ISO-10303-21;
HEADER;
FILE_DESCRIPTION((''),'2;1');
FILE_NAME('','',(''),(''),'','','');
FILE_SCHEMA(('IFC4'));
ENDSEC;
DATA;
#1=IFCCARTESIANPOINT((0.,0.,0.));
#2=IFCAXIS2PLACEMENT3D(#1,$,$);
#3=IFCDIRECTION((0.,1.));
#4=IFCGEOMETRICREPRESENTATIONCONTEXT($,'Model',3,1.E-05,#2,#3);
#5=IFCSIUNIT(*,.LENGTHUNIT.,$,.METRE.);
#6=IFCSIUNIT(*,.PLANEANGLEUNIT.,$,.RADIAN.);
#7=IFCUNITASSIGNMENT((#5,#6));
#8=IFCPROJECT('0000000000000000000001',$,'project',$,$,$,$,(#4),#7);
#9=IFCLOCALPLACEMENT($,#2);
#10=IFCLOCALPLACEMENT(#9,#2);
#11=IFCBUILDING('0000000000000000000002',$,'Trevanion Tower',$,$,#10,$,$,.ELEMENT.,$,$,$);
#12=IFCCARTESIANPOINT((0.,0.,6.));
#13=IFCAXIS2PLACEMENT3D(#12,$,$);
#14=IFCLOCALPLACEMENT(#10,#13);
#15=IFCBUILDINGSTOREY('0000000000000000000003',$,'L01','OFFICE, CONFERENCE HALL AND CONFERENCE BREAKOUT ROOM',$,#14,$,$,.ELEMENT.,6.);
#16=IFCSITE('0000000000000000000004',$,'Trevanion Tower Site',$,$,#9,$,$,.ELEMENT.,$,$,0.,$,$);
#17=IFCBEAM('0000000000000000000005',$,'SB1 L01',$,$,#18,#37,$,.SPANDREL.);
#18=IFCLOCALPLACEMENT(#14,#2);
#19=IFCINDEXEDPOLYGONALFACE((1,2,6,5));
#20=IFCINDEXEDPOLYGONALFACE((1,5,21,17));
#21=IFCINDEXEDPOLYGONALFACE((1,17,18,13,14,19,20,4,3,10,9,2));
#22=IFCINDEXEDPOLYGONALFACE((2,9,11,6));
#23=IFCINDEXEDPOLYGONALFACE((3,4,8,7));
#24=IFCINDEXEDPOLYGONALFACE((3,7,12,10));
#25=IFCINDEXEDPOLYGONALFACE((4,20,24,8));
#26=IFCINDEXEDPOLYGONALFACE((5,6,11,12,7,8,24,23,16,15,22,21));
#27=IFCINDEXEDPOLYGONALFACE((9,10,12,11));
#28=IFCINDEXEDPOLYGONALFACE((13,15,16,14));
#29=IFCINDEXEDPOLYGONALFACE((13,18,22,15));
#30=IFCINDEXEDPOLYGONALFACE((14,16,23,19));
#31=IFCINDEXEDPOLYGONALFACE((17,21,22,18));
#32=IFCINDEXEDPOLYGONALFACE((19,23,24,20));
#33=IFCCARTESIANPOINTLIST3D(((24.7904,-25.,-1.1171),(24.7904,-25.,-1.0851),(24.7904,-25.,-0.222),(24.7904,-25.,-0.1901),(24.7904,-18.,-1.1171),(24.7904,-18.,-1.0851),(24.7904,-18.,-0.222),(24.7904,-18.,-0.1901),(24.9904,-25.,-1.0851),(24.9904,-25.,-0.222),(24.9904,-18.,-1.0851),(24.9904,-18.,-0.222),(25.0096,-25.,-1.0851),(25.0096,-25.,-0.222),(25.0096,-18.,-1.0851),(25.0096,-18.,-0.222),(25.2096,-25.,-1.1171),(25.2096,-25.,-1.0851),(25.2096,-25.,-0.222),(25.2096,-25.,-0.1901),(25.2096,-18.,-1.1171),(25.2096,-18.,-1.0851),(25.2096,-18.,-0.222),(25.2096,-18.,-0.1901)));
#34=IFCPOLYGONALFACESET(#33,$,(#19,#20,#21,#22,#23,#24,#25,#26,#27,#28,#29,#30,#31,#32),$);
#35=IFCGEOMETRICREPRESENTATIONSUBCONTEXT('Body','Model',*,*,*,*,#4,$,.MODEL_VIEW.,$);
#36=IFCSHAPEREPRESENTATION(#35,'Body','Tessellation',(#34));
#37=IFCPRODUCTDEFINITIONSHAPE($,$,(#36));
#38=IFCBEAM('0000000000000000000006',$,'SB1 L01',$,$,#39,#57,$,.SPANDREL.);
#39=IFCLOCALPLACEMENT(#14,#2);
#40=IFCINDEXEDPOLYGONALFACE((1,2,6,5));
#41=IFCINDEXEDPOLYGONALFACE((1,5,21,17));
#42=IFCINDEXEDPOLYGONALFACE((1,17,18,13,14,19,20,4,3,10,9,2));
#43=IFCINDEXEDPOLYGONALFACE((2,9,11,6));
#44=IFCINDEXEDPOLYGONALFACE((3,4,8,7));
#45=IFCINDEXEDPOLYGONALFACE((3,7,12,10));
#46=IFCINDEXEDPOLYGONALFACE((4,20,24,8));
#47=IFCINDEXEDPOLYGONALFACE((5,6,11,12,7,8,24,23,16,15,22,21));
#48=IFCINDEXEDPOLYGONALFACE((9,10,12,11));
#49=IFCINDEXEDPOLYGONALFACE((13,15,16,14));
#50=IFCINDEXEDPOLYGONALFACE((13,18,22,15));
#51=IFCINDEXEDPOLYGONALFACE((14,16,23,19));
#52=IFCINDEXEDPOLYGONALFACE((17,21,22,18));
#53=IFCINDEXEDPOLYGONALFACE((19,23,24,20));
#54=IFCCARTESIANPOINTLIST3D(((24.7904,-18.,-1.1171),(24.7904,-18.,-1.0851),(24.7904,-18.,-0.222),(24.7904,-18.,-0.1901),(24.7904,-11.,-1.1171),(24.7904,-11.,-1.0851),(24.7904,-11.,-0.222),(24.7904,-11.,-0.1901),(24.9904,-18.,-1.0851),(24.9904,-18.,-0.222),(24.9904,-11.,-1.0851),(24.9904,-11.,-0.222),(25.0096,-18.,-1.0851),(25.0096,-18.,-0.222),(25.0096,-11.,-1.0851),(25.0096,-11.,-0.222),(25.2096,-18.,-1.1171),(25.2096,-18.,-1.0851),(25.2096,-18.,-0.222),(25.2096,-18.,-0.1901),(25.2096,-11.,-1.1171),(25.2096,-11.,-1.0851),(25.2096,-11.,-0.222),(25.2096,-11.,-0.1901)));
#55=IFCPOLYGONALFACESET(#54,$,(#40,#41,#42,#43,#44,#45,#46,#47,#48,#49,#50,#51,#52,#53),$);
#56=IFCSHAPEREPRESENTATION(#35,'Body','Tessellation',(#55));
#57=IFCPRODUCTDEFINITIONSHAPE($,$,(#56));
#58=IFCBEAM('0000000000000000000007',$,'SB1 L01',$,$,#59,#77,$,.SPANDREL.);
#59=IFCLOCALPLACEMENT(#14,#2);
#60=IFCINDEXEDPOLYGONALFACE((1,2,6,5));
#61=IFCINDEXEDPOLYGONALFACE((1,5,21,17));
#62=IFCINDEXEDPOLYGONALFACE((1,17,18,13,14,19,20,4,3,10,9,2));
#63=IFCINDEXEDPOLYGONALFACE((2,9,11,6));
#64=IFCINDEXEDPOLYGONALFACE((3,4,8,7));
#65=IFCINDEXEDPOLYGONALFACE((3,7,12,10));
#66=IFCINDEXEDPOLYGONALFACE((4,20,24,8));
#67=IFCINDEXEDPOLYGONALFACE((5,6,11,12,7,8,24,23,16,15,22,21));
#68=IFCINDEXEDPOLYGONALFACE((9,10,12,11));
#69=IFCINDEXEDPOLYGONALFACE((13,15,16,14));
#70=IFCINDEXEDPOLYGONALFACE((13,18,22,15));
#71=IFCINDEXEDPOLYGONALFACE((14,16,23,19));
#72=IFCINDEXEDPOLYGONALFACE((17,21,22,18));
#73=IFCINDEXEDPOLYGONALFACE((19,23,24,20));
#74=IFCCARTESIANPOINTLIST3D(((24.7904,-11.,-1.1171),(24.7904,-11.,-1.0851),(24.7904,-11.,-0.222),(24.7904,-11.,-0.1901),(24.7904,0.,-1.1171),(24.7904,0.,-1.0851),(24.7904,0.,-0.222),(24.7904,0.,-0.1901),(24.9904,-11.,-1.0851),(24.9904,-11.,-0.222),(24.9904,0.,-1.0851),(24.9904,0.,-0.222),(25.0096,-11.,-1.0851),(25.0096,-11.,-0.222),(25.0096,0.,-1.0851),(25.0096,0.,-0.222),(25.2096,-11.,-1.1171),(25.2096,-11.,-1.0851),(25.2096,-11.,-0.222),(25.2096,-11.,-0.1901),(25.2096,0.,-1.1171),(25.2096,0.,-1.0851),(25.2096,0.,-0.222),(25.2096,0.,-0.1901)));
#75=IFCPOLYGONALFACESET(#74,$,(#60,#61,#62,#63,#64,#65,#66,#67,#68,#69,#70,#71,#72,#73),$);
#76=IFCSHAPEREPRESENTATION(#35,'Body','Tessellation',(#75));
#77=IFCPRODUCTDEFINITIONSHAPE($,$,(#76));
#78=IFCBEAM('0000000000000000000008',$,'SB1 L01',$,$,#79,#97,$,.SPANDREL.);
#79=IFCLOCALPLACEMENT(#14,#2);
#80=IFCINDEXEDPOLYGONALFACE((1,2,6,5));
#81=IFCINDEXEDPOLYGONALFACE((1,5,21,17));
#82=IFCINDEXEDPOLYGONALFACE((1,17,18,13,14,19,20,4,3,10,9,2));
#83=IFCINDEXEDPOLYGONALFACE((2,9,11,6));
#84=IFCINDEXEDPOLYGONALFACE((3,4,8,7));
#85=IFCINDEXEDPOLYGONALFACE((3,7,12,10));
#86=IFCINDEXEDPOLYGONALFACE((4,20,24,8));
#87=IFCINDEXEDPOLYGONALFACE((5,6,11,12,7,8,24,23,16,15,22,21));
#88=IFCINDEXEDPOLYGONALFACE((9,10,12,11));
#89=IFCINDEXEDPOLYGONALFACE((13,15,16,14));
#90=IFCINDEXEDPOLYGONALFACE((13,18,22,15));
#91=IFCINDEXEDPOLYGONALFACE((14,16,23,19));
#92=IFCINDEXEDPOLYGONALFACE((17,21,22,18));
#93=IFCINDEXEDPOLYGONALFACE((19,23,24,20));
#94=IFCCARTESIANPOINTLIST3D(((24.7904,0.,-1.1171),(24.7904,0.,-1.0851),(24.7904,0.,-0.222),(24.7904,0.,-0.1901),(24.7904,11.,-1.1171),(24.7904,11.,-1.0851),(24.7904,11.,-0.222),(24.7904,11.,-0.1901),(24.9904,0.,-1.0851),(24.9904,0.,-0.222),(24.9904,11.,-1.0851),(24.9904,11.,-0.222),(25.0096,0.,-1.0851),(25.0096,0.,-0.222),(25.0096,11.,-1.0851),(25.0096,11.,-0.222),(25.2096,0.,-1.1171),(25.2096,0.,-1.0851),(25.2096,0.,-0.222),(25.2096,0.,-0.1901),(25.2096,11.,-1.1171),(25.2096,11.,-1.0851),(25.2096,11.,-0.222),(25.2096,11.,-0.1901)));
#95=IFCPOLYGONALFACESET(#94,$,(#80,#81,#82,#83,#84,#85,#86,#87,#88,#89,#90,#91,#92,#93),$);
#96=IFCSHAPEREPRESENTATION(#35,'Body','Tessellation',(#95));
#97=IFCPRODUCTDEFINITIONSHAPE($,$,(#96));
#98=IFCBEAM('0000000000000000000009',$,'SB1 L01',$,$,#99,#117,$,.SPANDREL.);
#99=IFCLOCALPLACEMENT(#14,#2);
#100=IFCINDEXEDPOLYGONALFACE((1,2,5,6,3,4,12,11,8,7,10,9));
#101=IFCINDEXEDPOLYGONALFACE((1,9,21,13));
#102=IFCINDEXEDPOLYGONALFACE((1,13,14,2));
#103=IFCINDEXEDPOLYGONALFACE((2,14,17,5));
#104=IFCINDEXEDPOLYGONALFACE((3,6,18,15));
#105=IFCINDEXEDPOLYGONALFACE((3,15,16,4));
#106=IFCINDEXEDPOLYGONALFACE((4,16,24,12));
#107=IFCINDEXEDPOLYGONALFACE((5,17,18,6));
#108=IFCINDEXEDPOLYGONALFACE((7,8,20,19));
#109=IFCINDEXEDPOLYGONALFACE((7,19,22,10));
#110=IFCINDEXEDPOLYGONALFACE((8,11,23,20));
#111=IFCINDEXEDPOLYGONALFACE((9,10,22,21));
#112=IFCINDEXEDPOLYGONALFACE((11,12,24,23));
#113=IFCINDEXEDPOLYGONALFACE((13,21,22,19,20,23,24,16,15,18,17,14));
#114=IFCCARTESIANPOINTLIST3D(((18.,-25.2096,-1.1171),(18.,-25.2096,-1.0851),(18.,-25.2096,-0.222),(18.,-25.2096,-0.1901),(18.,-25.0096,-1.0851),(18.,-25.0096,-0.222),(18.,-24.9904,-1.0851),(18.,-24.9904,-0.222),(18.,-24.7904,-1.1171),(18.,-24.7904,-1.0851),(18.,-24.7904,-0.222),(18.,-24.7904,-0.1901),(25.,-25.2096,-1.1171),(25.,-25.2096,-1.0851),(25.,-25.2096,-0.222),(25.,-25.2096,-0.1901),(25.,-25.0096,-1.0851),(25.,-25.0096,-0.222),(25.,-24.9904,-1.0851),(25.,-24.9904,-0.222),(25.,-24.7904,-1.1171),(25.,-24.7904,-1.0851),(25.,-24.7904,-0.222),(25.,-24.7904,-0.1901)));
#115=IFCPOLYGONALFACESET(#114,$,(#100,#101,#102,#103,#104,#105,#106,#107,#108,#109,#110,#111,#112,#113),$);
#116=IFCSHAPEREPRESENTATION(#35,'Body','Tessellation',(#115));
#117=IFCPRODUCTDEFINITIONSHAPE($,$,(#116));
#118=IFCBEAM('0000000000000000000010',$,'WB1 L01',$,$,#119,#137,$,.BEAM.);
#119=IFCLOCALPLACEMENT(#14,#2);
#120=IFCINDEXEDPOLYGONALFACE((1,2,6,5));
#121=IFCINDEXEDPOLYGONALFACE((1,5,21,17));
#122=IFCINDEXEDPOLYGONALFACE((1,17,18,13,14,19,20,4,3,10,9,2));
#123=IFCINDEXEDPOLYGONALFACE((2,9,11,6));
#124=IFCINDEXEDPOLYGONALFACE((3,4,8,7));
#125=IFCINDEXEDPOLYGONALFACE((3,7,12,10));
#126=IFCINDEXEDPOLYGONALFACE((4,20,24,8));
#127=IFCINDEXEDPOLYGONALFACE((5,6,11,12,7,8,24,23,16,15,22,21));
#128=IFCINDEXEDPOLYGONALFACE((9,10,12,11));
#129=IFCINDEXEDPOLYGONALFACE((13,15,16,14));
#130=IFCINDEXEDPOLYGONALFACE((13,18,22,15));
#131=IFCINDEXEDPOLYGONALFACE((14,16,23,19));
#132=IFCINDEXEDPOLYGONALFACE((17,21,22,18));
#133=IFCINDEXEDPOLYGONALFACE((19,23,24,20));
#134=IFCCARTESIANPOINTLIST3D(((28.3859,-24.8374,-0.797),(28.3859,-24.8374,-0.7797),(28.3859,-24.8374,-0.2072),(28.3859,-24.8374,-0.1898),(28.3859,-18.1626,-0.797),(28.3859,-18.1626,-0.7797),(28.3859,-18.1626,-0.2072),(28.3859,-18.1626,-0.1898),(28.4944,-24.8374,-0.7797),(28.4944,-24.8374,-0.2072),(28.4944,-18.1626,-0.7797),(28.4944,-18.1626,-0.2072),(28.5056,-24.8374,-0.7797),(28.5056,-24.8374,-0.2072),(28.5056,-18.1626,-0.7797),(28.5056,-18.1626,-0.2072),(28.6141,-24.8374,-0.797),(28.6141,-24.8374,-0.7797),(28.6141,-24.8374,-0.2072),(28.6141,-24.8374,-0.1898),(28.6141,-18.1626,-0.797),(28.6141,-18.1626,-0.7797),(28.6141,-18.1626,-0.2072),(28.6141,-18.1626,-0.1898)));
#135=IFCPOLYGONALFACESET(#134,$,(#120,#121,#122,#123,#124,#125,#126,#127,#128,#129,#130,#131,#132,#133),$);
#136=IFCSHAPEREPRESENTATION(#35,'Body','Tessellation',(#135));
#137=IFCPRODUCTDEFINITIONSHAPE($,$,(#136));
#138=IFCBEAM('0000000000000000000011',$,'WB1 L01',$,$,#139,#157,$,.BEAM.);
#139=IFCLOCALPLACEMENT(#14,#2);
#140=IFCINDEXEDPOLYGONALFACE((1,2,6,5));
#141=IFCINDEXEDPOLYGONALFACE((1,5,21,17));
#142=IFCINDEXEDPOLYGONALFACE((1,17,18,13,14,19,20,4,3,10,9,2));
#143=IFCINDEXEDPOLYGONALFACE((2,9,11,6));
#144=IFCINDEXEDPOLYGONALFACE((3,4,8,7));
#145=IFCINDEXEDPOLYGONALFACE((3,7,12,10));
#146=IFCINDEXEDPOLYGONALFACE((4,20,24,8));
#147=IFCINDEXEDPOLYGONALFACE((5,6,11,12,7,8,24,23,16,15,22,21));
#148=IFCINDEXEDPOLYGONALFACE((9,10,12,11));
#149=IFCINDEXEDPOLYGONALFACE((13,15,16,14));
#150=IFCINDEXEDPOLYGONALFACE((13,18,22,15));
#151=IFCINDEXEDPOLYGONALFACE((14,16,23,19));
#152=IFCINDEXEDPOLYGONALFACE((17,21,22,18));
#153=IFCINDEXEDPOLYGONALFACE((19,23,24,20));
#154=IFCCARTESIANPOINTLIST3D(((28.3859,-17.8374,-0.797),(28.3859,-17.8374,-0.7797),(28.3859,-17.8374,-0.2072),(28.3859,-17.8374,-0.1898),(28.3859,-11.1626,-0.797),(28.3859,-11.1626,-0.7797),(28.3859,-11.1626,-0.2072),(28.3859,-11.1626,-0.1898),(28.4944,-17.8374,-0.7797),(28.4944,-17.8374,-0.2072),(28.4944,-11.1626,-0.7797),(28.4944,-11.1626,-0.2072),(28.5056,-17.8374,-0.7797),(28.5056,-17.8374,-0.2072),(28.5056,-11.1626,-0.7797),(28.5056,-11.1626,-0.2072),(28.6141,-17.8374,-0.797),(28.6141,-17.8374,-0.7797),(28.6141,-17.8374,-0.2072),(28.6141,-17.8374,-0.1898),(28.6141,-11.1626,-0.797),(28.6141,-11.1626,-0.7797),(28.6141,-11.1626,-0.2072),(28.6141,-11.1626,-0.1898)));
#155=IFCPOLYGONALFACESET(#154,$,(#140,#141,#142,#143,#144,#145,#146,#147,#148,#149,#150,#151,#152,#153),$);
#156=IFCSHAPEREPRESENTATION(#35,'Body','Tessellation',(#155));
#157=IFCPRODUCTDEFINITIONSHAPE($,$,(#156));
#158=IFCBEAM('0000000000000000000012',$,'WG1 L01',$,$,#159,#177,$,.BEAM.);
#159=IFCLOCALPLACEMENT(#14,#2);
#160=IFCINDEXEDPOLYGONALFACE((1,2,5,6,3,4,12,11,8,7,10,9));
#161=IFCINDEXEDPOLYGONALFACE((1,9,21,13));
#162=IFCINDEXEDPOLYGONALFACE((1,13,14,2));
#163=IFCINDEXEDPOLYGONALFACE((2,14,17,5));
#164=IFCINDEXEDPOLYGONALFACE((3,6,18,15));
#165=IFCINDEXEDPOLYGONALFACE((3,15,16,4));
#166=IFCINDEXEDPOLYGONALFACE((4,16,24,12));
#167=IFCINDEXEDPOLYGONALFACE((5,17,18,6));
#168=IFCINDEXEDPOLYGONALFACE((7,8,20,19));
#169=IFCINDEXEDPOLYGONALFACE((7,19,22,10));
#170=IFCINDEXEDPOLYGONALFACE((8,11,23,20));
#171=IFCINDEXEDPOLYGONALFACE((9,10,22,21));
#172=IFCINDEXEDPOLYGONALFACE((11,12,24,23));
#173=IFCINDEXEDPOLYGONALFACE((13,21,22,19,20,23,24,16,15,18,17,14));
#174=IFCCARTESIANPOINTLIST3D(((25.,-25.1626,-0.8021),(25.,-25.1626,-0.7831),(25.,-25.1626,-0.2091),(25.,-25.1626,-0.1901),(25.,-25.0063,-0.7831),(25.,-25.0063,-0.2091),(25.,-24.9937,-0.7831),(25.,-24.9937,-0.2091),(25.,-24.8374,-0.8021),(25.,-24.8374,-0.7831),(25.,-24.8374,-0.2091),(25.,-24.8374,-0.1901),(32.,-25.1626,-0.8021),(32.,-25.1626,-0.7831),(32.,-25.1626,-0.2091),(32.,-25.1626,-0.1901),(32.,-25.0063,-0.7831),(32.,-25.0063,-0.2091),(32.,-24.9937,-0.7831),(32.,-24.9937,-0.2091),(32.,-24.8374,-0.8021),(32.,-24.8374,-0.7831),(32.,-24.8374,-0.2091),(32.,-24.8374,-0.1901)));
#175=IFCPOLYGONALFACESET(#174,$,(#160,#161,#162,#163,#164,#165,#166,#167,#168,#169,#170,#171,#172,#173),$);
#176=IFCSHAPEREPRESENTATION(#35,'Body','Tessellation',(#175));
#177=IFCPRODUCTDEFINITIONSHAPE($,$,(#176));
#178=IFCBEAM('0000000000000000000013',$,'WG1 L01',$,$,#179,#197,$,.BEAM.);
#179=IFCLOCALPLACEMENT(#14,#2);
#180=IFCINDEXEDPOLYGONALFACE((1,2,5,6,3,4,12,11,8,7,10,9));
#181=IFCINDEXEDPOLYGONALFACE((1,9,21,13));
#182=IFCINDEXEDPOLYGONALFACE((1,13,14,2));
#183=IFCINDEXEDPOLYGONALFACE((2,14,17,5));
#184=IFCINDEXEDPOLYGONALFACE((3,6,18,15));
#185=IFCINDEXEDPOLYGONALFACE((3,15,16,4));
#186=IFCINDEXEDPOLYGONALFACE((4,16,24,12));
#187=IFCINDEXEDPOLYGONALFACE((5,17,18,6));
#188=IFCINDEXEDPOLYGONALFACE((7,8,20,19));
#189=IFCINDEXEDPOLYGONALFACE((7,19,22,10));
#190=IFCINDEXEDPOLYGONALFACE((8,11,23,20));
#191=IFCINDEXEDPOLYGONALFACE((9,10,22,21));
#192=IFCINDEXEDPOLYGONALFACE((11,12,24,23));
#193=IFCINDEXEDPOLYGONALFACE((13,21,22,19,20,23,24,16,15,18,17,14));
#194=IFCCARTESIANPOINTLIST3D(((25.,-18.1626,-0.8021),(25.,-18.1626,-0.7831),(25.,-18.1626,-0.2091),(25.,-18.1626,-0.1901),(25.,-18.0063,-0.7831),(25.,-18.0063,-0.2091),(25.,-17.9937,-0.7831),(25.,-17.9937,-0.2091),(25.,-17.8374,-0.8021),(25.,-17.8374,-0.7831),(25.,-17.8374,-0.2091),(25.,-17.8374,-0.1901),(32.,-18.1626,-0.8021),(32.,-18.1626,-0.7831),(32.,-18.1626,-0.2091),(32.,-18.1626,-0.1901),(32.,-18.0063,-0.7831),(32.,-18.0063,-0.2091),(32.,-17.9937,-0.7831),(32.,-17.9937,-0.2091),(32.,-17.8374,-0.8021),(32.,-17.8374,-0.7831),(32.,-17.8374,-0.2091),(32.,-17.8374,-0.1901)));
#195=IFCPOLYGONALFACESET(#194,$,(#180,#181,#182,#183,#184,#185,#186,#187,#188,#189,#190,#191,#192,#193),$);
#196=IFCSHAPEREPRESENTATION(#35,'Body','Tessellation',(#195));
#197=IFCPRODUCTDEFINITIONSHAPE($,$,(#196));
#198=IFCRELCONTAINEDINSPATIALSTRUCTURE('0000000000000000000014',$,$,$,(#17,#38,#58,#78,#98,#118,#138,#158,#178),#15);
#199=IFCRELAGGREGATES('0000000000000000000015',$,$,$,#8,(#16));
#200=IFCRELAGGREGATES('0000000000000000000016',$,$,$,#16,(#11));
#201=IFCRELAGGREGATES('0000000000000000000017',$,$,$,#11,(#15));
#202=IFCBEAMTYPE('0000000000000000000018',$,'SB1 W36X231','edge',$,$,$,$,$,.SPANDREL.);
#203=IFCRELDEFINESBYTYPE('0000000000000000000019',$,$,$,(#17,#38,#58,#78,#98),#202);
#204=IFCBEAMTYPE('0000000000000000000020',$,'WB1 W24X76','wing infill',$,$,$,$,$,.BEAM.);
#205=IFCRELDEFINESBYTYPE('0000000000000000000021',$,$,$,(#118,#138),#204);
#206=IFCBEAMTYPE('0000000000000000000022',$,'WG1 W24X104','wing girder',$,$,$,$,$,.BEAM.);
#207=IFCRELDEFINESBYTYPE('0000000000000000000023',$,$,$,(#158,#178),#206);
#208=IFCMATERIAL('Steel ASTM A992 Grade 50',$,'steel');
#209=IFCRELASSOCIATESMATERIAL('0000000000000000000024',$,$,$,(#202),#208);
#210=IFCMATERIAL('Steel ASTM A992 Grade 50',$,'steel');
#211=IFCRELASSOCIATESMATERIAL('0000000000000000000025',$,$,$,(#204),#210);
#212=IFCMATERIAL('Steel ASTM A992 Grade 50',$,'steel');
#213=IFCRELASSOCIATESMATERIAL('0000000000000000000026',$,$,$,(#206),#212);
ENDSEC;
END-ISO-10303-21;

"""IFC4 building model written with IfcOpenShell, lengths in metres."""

from ifc_helpers import new_model, si_unit, direction, frame, origin, origin_2d, place, context, subcontext, project, spatial, i_section, extrude, material, material_profile, profile_set, type_object, element, save


model = new_model("IFC4")

# Units and contexts
model_context = context("Model", 3, precision=1e-05, world=origin(), true_north=direction((0.0, 1.0)))
body_context = subcontext(model_context, "Body", "Model", "MODEL_VIEW")
ifc_project = project(units=[si_unit("LENGTHUNIT", "METRE"), si_unit("PLANEANGLEUNIT", "RADIAN")], contexts=[model_context])

# Site, building, storey
site_placement = place(None, origin())
site = spatial("IfcSite", under=ifc_project, at=site_placement, Name="Trevanion Tower Site", CompositionType="ELEMENT", RefElevation=0.0)
building_placement = place(site_placement, origin())
building = spatial("IfcBuilding", under=site, at=building_placement, Name="Trevanion Tower", CompositionType="ELEMENT")
storey_placement = place(building_placement, frame((0.0, 0.0, 6.0)))
storey = spatial("IfcBuildingStorey", under=building, at=storey_placement, Name="L01", Description="OFFICE, CONFERENCE HALL AND CONFERENCE BREAKOUT ROOM", CompositionType="ELEMENT", Elevation=6.0)

# Beams
ifc_material_1 = material(Name="Steel ASTM A992 Grade 50", Category="steel")
ifc_material_profile_1 = material_profile(ifc_material_1, i_section(OverallWidth=0.4192, OverallDepth=0.927, WebThickness=0.0193, FlangeThickness=0.032, at=origin_2d()), Name="W36X231")
ifc_profile_set_1 = profile_set([ifc_material_profile_1], Name="Steel ASTM A992 Grade 50")
beam_type_1 = type_object("IfcBeamType", Name="SB1 W36X231", Description="edge", PredefinedType="SPANDREL", material=ifc_profile_set_1)
for number, where, z_axis, x_axis, name in (
    (1, (25.0, -25.0, -0.6536), (0.0, 1.0, 0.0), (-1.0, 0.0, 0.0), "SB1 L01"),
    (2, (25.0, -18.0, -0.6536), (0.0, 1.0, 0.0), (-1.0, 0.0, 0.0), "SB1 L01"),
):
    element("IfcBeam", number, at=place(storey_placement, frame(where, z_axis=z_axis, x_axis=x_axis)), inside=storey, type_object=beam_type_1, Name=name, PredefinedType="SPANDREL", context=body_context, shape_type="SweptSolid", body=[
        extrude(i_section(OverallWidth=0.4192, OverallDepth=0.927, WebThickness=0.0193, FlangeThickness=0.032, at=origin_2d()), origin(), (0.0, 0.0, 1.0), 7.0),
    ])
for number, where, z_axis, x_axis, name in (
    (3, (25.0, -11.0, -0.6536), (0.0, 1.0, 0.0), (-1.0, 0.0, 0.0), "SB1 L01"),
    (4, (25.0, 0.0, -0.6536), (0.0, 1.0, 0.0), (-1.0, 0.0, 0.0), "SB1 L01"),
):
    element("IfcBeam", number, at=place(storey_placement, frame(where, z_axis=z_axis, x_axis=x_axis)), inside=storey, type_object=beam_type_1, Name=name, PredefinedType="SPANDREL", context=body_context, shape_type="SweptSolid", body=[
        extrude(i_section(OverallWidth=0.4192, OverallDepth=0.927, WebThickness=0.0193, FlangeThickness=0.032, at=origin_2d()), origin(), (0.0, 0.0, 1.0), 11.0),
    ])
beam_placement = place(storey_placement, frame((18.0, -25.0, -0.6536), z_axis=(1.0, 0.0, 0.0), x_axis=(0.0, 1.0, 0.0)))
element("IfcBeam", 5, at=beam_placement, inside=storey, type_object=beam_type_1, Name="SB1 L01", PredefinedType="SPANDREL", context=body_context, shape_type="SweptSolid", body=[
    extrude(i_section(OverallWidth=0.4192, OverallDepth=0.927, WebThickness=0.0193, FlangeThickness=0.032, at=origin_2d()), origin(), (0.0, 0.0, 1.0), 7.0),
])
ifc_material_2 = material(Name="Steel ASTM A992 Grade 50", Category="steel")
ifc_material_profile_2 = material_profile(ifc_material_2, i_section(OverallWidth=0.2283, OverallDepth=0.6072, WebThickness=0.0112, FlangeThickness=0.0173, at=origin_2d()), Name="W24X76")
ifc_profile_set_2 = profile_set([ifc_material_profile_2], Name="Steel ASTM A992 Grade 50")
beam_type_2 = type_object("IfcBeamType", Name="WB1 W24X76", Description="wing infill", PredefinedType="BEAM", material=ifc_profile_set_2)
for number, where, z_axis, x_axis, name in (
    (6, (28.5, -24.8374, -0.4934), (0.0, 1.0, 0.0), (-1.0, 0.0, 0.0), "WB1 L01"),
    (7, (28.5, -17.8374, -0.4934), (0.0, 1.0, 0.0), (-1.0, 0.0, 0.0), "WB1 L01"),
):
    element("IfcBeam", number, at=place(storey_placement, frame(where, z_axis=z_axis, x_axis=x_axis)), inside=storey, type_object=beam_type_2, Name=name, PredefinedType="BEAM", context=body_context, shape_type="SweptSolid", body=[
        extrude(i_section(OverallWidth=0.2283, OverallDepth=0.6072, WebThickness=0.0112, FlangeThickness=0.0173, at=origin_2d()), origin(), (0.0, 0.0, 1.0), 6.6748),
    ])
ifc_material_3 = material(Name="Steel ASTM A992 Grade 50", Category="steel")
ifc_material_profile_3 = material_profile(ifc_material_3, i_section(OverallWidth=0.3252, OverallDepth=0.6121, WebThickness=0.0127, FlangeThickness=0.019, at=origin_2d()), Name="W24X104")
ifc_profile_set_3 = profile_set([ifc_material_profile_3], Name="Steel ASTM A992 Grade 50")
beam_type_3 = type_object("IfcBeamType", Name="WG1 W24X104", Description="wing girder", PredefinedType="BEAM", material=ifc_profile_set_3)
for number, where, z_axis, x_axis, name in (
    (8, (25.0, -25.0, -0.4961), (1.0, 0.0, 0.0), (0.0, 1.0, 0.0), "WG1 L01"),
    (9, (25.0, -18.0, -0.4961), (1.0, 0.0, 0.0), (0.0, 1.0, 0.0), "WG1 L01"),
):
    element("IfcBeam", number, at=place(storey_placement, frame(where, z_axis=z_axis, x_axis=x_axis)), inside=storey, type_object=beam_type_3, Name=name, PredefinedType="BEAM", context=body_context, shape_type="SweptSolid", body=[
        extrude(i_section(OverallWidth=0.3252, OverallDepth=0.6121, WebThickness=0.0127, FlangeThickness=0.019, at=origin_2d()), origin(), (0.0, 0.0, 1.0), 7.0),
    ])

save(model, "model.ifc")
